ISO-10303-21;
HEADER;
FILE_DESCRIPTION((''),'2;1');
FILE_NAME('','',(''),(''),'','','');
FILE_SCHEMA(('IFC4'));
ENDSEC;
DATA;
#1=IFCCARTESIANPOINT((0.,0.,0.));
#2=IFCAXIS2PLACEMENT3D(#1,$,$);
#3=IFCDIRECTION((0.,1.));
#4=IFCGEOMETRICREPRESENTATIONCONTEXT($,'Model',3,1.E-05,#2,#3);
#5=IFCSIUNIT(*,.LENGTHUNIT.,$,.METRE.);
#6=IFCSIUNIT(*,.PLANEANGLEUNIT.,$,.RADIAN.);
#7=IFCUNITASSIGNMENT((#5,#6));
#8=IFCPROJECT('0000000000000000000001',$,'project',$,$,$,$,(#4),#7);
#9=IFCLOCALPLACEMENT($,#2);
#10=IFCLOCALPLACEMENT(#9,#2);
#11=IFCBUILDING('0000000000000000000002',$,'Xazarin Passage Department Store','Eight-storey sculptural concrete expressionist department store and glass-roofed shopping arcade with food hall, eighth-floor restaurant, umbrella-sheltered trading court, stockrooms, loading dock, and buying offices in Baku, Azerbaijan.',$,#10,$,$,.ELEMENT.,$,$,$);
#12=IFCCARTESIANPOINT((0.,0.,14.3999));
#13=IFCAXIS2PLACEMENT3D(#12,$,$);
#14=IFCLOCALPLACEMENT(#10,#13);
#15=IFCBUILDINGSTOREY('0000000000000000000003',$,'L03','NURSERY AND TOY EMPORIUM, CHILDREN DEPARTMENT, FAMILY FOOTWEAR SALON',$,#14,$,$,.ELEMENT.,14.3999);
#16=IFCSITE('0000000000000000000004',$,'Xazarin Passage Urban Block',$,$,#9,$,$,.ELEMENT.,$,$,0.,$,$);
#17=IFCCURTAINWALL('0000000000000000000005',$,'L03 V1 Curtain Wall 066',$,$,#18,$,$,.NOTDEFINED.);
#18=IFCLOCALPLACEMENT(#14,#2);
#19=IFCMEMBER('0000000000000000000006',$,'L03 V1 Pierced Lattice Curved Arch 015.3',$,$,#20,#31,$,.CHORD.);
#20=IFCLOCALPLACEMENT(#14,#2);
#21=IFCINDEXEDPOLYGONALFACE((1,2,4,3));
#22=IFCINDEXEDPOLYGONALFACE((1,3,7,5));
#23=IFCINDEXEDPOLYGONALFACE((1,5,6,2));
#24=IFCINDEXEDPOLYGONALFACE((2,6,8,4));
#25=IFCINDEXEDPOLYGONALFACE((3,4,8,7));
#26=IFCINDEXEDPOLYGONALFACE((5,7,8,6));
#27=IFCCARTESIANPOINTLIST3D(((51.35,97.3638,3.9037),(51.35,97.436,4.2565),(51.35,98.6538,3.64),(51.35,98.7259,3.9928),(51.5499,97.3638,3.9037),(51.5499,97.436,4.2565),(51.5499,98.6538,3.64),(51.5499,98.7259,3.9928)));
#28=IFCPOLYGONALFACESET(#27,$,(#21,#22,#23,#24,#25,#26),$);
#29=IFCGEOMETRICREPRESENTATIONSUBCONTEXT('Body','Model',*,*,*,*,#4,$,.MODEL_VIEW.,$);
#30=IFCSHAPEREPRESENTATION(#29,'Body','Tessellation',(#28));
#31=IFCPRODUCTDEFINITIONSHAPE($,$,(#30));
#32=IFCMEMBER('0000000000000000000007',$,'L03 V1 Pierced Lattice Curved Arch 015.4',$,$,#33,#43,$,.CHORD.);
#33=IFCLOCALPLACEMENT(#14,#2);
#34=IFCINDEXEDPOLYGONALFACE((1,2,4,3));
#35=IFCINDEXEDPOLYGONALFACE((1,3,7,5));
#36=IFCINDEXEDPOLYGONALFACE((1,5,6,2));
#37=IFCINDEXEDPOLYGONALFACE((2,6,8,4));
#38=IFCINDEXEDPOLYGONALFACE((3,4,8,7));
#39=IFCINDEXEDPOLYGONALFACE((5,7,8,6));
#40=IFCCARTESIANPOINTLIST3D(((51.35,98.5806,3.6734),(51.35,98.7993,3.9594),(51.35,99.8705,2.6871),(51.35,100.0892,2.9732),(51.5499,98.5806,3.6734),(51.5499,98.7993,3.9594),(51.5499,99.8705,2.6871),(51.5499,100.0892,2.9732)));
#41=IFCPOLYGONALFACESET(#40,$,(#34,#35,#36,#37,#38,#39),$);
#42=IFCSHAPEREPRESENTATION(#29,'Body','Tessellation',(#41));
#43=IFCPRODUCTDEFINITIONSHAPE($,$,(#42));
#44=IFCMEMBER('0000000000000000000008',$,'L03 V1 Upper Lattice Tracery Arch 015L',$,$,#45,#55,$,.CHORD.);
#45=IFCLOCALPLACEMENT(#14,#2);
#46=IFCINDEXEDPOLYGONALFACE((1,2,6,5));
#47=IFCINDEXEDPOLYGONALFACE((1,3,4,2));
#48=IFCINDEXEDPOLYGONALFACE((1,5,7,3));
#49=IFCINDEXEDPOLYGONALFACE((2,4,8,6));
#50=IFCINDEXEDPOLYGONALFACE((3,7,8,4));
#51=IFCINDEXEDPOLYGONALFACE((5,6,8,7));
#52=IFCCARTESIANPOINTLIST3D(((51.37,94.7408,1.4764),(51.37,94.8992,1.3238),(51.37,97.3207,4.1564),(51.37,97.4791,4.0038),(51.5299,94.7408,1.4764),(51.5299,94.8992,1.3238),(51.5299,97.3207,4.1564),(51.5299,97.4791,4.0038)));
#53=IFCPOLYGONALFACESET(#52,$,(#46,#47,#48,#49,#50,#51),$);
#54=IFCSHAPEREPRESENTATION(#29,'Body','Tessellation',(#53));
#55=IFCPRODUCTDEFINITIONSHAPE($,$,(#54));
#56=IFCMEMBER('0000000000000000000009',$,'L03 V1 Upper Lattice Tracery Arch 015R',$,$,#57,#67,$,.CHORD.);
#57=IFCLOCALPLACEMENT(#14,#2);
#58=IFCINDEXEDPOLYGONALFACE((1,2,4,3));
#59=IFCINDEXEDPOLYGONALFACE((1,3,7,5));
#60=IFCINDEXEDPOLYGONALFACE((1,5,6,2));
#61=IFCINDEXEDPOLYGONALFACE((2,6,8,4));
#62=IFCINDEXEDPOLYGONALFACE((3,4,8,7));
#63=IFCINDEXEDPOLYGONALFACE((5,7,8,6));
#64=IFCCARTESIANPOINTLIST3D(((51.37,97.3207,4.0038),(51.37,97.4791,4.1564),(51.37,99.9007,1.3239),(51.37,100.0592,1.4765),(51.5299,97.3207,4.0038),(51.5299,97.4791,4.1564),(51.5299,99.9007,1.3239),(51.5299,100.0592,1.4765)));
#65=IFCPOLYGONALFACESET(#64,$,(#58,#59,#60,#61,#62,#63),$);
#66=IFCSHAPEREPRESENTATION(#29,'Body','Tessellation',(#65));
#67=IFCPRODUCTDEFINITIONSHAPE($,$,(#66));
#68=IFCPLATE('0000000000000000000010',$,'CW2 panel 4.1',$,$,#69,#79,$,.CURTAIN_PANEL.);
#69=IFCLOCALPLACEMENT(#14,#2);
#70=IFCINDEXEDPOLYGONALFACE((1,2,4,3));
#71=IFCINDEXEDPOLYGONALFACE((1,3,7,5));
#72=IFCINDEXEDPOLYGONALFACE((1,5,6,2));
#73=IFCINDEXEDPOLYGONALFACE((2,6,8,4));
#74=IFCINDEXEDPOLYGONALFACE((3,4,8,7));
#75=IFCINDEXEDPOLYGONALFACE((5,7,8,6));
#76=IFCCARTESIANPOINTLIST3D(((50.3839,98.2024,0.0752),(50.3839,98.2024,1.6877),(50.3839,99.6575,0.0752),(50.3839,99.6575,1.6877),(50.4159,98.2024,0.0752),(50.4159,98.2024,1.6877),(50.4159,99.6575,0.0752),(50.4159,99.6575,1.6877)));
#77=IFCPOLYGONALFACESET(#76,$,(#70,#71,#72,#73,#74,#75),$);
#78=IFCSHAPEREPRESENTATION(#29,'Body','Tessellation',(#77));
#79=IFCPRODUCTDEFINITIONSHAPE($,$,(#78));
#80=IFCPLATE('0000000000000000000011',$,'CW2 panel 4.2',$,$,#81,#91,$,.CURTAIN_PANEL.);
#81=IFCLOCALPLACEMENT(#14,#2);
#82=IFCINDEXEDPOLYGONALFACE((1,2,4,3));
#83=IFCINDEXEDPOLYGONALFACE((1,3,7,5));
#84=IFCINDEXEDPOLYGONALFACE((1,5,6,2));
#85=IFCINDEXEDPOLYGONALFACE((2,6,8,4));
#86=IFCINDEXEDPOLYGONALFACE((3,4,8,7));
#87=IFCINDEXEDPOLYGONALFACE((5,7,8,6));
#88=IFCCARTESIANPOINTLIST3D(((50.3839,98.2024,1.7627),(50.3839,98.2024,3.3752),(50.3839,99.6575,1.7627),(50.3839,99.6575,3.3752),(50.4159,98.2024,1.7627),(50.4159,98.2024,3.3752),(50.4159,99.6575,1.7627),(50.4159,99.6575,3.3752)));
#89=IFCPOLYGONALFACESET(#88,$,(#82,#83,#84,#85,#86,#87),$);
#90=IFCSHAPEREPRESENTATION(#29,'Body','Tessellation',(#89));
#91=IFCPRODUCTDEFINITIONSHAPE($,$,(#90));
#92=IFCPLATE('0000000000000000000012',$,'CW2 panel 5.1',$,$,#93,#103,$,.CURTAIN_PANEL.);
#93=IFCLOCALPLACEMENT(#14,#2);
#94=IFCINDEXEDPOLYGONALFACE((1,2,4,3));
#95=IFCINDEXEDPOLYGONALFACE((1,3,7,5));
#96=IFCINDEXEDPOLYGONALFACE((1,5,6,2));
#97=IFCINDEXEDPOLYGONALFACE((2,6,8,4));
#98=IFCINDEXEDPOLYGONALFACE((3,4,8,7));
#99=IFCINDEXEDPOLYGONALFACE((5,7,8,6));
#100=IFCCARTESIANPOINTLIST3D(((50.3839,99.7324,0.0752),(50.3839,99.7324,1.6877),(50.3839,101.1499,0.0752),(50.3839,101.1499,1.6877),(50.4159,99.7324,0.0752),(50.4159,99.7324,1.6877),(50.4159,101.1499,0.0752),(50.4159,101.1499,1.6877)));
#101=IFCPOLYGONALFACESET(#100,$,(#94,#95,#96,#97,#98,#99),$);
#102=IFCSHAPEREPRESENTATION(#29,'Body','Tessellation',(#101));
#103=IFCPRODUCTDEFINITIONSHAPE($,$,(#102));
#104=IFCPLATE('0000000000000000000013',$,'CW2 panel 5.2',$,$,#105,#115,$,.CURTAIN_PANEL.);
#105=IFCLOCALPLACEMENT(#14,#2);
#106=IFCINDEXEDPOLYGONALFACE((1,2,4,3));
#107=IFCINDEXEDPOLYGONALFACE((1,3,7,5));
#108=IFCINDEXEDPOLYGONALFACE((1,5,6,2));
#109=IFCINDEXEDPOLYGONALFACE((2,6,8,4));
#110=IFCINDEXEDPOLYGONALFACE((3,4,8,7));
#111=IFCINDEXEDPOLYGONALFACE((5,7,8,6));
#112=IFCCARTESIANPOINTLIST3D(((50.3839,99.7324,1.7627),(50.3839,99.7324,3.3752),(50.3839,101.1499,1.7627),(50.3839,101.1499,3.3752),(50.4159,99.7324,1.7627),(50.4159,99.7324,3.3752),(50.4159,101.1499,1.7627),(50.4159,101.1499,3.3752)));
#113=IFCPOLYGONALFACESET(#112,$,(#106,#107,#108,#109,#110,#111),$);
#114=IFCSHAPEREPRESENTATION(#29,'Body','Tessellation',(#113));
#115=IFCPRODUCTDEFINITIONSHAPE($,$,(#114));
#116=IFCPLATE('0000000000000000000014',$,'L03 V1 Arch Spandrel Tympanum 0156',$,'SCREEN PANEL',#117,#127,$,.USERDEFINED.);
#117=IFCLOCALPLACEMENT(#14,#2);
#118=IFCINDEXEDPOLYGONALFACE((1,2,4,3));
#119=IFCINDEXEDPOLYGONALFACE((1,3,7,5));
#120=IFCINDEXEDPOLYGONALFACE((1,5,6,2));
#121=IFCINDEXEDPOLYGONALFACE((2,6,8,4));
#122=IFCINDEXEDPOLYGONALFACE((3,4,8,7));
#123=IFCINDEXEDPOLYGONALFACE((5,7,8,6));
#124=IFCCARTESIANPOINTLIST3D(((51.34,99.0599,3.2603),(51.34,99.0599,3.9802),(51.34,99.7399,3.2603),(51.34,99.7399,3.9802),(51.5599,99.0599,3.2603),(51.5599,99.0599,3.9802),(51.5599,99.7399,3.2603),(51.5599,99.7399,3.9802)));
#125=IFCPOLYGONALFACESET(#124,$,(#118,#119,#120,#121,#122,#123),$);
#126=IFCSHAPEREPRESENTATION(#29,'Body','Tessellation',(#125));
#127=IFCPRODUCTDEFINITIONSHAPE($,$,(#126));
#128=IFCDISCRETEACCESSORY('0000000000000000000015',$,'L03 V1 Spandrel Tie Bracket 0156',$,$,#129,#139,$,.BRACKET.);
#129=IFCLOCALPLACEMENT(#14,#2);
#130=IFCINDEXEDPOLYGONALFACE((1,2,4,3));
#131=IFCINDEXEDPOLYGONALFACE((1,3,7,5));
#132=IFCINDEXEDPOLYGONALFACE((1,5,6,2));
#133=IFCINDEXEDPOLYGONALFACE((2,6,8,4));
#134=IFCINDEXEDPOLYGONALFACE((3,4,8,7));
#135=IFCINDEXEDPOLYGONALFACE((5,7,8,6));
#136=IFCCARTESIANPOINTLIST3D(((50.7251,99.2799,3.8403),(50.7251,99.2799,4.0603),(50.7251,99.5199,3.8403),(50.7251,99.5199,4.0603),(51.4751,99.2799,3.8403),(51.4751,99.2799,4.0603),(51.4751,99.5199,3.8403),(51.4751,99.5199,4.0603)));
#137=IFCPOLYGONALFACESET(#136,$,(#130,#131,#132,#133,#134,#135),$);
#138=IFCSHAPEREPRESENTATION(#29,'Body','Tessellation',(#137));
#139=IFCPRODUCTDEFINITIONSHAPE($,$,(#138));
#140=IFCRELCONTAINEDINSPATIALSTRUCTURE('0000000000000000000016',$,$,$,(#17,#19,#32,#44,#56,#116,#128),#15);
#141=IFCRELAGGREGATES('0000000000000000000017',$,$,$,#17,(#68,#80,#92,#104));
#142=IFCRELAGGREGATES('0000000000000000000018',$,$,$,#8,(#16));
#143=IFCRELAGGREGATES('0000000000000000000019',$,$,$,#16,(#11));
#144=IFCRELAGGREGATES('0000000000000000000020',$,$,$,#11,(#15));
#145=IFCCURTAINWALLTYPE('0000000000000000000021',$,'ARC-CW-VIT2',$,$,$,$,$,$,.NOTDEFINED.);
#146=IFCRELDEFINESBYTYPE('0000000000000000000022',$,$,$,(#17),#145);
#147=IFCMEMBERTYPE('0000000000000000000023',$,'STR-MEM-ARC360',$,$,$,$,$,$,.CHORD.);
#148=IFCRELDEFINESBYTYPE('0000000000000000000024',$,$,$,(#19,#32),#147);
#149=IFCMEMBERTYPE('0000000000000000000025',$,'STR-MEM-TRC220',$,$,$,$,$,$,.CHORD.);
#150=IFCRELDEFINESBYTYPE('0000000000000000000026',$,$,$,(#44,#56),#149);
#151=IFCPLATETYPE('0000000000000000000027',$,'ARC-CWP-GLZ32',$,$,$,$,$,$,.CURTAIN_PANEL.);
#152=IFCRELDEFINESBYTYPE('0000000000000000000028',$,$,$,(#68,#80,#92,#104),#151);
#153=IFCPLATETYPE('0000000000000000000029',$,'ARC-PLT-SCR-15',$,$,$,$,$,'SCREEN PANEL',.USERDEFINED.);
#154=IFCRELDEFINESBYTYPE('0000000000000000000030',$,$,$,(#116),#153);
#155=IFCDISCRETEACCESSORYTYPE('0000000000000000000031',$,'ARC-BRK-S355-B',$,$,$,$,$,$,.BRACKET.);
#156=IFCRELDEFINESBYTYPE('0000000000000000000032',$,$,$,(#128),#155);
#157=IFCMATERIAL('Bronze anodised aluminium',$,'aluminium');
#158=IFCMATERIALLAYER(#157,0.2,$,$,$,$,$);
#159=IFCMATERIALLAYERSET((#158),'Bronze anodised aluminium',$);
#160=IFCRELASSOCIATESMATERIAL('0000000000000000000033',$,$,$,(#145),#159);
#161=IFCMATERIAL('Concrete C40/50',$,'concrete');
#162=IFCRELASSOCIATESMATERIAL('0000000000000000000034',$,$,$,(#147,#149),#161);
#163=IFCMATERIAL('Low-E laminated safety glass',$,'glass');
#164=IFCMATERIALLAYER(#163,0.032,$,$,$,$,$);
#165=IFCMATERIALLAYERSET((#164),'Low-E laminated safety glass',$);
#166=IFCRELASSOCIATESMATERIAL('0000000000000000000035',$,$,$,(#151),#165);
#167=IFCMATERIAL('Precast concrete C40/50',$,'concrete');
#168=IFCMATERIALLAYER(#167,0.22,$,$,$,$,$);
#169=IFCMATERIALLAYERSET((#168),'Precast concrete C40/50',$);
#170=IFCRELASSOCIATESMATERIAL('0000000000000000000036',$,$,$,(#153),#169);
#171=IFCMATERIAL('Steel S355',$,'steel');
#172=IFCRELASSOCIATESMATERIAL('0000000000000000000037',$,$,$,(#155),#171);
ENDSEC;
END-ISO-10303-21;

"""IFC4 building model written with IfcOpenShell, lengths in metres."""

from ifc_helpers import new_model, si_unit, direction, frame, origin, origin_2d, place, context, subcontext, project, spatial, rectangle, extrude, material, layer, layer_set, material_profile, profile_set, type_object, element, aggregate, save


model = new_model("IFC4")

# Units and contexts
model_context = context("Model", 3, precision=1e-05, world=origin(), true_north=direction((0.0, 1.0)))
body_context = subcontext(model_context, "Body", "Model", "MODEL_VIEW")
ifc_project = project(units=[si_unit("LENGTHUNIT", "METRE"), si_unit("PLANEANGLEUNIT", "RADIAN")], contexts=[model_context])

# Site, building, storey
site_placement = place(None, origin())
site = spatial("IfcSite", under=ifc_project, at=site_placement, Name="Xazarin Passage Urban Block", CompositionType="ELEMENT", RefElevation=0.0)
building_placement = place(site_placement, origin())
building = spatial("IfcBuilding", under=site, at=building_placement, Name="Xazarin Passage Department Store", Description="Eight-storey sculptural concrete expressionist department store and glass-roofed shopping arcade with food hall, eighth-floor restaurant, umbrella-sheltered trading court, stockrooms, loading dock, and buying offices in Baku, Azerbaijan.", CompositionType="ELEMENT")
storey_placement = place(building_placement, frame((0.0, 0.0, 14.3999)))
storey = spatial("IfcBuildingStorey", under=building, at=storey_placement, Name="L03", Description="NURSERY AND TOY EMPORIUM, CHILDREN DEPARTMENT, FAMILY FOOTWEAR SALON", CompositionType="ELEMENT", Elevation=14.3999)

# Shared definitions
ifc_material_1 = material(Name="Concrete C40/50", Category="concrete")

# Curtain wall
ifc_material_2 = material(Name="Bronze anodised aluminium", Category="aluminium")
ifc_layer_1 = layer(ifc_material_2, 0.2)
ifc_layer_set_1 = layer_set([ifc_layer_1], Name="Bronze anodised aluminium")
curtain_wall_type = type_object("IfcCurtainWallType", Name="ARC-CW-VIT2", PredefinedType="NOTDEFINED", material=ifc_layer_set_1)
curtain_wall_placement = place(storey_placement, origin())
curtain_wall = element("IfcCurtainWall", 1, at=curtain_wall_placement, inside=storey, type_object=curtain_wall_type, Name="L03 V1 Curtain Wall 066", PredefinedType="NOTDEFINED")

# Members
ifc_material_profile_1 = material_profile(ifc_material_1, rectangle(XDim=0.2, YDim=0.3601, at=origin_2d()), Name="RC 200x360")
ifc_profile_set_1 = profile_set([ifc_material_profile_1], Name="Concrete C40/50")
member_type_1 = type_object("IfcMemberType", Name="STR-MEM-ARC360", PredefinedType="CHORD", material=ifc_profile_set_1)
member_1_placement = place(storey_placement, frame((51.45, 97.3999, 4.0801), z_axis=(0.0, 0.979745, -0.200251), x_axis=(-1.0, 0.0, 0.0)))
element("IfcMember", 2, at=member_1_placement, inside=storey, type_object=member_type_1, Name="L03 V1 Pierced Lattice Curved Arch 015.3", PredefinedType="CHORD", context=body_context, shape_type="SweptSolid", body=[
    extrude(rectangle(XDim=0.2, YDim=0.3601, at=origin_2d()), origin(), (0.0, 0.0, 1.0), 1.3167),
])
member_2_placement = place(storey_placement, frame((51.45, 98.6899, 3.8164), z_axis=(0.0, 0.794409, -0.607383), x_axis=(-1.0, 0.0, 0.0)))
element("IfcMember", 3, at=member_2_placement, inside=storey, type_object=member_type_1, Name="L03 V1 Pierced Lattice Curved Arch 015.4", PredefinedType="CHORD", context=body_context, shape_type="SweptSolid", body=[
    extrude(rectangle(XDim=0.2, YDim=0.3601, at=origin_2d()), origin(), (0.0, 0.0, 1.0), 1.6238),
])
ifc_material_profile_2 = material_profile(ifc_material_1, rectangle(XDim=0.1599, YDim=0.22, at=origin_2d()), Name="RC 160x220")
ifc_profile_set_2 = profile_set([ifc_material_profile_2], Name="Concrete C40/50")
member_type_2 = type_object("IfcMemberType", Name="STR-MEM-TRC220", PredefinedType="CHORD", material=ifc_profile_set_2)
for number, where, z_axis, x_axis, name in (
    (4, (51.45, 97.3999, 4.0801), (0.0, -0.693524, -0.720433), (1.0, 0.0, 0.0), "L03 V1 Upper Lattice Tracery Arch 015L"),
    (5, (51.45, 97.3999, 4.0801), (0.0, 0.693558, -0.7204), (-1.0, 0.0, 0.0), "L03 V1 Upper Lattice Tracery Arch 015R"),
):
    element("IfcMember", number, at=place(storey_placement, frame(where, z_axis=z_axis, x_axis=x_axis)), inside=storey, type_object=member_type_2, Name=name, PredefinedType="CHORD", context=body_context, shape_type="SweptSolid", body=[
        extrude(rectangle(XDim=0.1599, YDim=0.22, at=origin_2d()), origin(), (0.0, 0.0, 1.0), 3.72),
    ])

# Plates
ifc_material_3 = material(Name="Low-E laminated safety glass", Category="glass")
ifc_layer_2 = layer(ifc_material_3, 0.032)
ifc_layer_set_2 = layer_set([ifc_layer_2], Name="Low-E laminated safety glass")
plate_type_1 = type_object("IfcPlateType", Name="ARC-CWP-GLZ32", PredefinedType="CURTAIN_PANEL", material=ifc_layer_set_2)
plate_1_placement = place(storey_placement, frame((50.3999, 98.9299, 0.0752), z_axis=(0.0, 0.0, 1.0), x_axis=(0.0, 1.0, 0.0)))
plate_1 = element("IfcPlate", 6, at=plate_1_placement, type_object=plate_type_1, Name="CW2 panel 4.1", PredefinedType="CURTAIN_PANEL", context=body_context, shape_type="SweptSolid", body=[
    extrude(rectangle(XDim=1.4551, YDim=0.032, at=origin_2d()), origin(), (0.0, 0.0, 1.0), 1.6125),
])
plate_2_placement = place(storey_placement, frame((50.3999, 98.9299, 1.7627), z_axis=(0.0, 0.0, 1.0), x_axis=(0.0, 1.0, 0.0)))
plate_2 = element("IfcPlate", 7, at=plate_2_placement, type_object=plate_type_1, Name="CW2 panel 4.2", PredefinedType="CURTAIN_PANEL", context=body_context, shape_type="SweptSolid", body=[
    extrude(rectangle(XDim=1.4551, YDim=0.032, at=origin_2d()), origin(), (0.0, 0.0, 1.0), 1.6125),
])
plate_3_placement = place(storey_placement, frame((50.3999, 100.4412, 0.0752), z_axis=(0.0, 0.0, 1.0), x_axis=(0.0, 1.0, 0.0)))
plate_3 = element("IfcPlate", 8, at=plate_3_placement, type_object=plate_type_1, Name="CW2 panel 5.1", PredefinedType="CURTAIN_PANEL", context=body_context, shape_type="SweptSolid", body=[
    extrude(rectangle(XDim=1.4175, YDim=0.032, at=origin_2d()), origin(), (0.0, 0.0, 1.0), 1.6125),
])
plate_4_placement = place(storey_placement, frame((50.3999, 100.4412, 1.7627), z_axis=(0.0, 0.0, 1.0), x_axis=(0.0, 1.0, 0.0)))
plate_4 = element("IfcPlate", 9, at=plate_4_placement, type_object=plate_type_1, Name="CW2 panel 5.2", PredefinedType="CURTAIN_PANEL", context=body_context, shape_type="SweptSolid", body=[
    extrude(rectangle(XDim=1.4175, YDim=0.032, at=origin_2d()), origin(), (0.0, 0.0, 1.0), 1.6125),
])
aggregate(curtain_wall, [plate_1, plate_2, plate_3, plate_4])
ifc_material_4 = material(Name="Precast concrete C40/50", Category="concrete")
ifc_layer_3 = layer(ifc_material_4, 0.22)
ifc_layer_set_3 = layer_set([ifc_layer_3], Name="Precast concrete C40/50")
plate_type_2 = type_object("IfcPlateType", Name="ARC-PLT-SCR-15", ElementType="SCREEN PANEL", PredefinedType="USERDEFINED", material=ifc_layer_set_3)
plate_5_placement = place(storey_placement, frame((51.45, 99.3999, 3.2603), z_axis=(0.0, 0.0, 1.0), x_axis=(0.0, 1.0, 0.0)))
element("IfcPlate", 10, at=plate_5_placement, inside=storey, type_object=plate_type_2, Name="L03 V1 Arch Spandrel Tympanum 0156", ObjectType="SCREEN PANEL", PredefinedType="USERDEFINED", context=body_context, shape_type="SweptSolid", body=[
    extrude(rectangle(XDim=0.6799, YDim=0.22, at=origin_2d()), origin(), (0.0, 0.0, 1.0), 0.72),
])

# Discrete accessory
ifc_material_5 = material(Name="Steel S355", Category="steel")
discrete_accessory_type = type_object("IfcDiscreteAccessoryType", Name="ARC-BRK-S355-B", PredefinedType="BRACKET", material=ifc_material_5)
discrete_accessory_placement = place(storey_placement, frame((51.1001, 99.3999, 3.8403), z_axis=(0.0, 0.0, 1.0), x_axis=(0.0, 1.0, 0.0)))
element("IfcDiscreteAccessory", 11, at=discrete_accessory_placement, inside=storey, type_object=discrete_accessory_type, Name="L03 V1 Spandrel Tie Bracket 0156", PredefinedType="BRACKET", context=body_context, shape_type="SweptSolid", body=[
    extrude(rectangle(XDim=0.24, YDim=0.75, at=origin_2d()), origin(), (0.0, 0.0, 1.0), 0.22),
])

save(model, "model.ifc")
